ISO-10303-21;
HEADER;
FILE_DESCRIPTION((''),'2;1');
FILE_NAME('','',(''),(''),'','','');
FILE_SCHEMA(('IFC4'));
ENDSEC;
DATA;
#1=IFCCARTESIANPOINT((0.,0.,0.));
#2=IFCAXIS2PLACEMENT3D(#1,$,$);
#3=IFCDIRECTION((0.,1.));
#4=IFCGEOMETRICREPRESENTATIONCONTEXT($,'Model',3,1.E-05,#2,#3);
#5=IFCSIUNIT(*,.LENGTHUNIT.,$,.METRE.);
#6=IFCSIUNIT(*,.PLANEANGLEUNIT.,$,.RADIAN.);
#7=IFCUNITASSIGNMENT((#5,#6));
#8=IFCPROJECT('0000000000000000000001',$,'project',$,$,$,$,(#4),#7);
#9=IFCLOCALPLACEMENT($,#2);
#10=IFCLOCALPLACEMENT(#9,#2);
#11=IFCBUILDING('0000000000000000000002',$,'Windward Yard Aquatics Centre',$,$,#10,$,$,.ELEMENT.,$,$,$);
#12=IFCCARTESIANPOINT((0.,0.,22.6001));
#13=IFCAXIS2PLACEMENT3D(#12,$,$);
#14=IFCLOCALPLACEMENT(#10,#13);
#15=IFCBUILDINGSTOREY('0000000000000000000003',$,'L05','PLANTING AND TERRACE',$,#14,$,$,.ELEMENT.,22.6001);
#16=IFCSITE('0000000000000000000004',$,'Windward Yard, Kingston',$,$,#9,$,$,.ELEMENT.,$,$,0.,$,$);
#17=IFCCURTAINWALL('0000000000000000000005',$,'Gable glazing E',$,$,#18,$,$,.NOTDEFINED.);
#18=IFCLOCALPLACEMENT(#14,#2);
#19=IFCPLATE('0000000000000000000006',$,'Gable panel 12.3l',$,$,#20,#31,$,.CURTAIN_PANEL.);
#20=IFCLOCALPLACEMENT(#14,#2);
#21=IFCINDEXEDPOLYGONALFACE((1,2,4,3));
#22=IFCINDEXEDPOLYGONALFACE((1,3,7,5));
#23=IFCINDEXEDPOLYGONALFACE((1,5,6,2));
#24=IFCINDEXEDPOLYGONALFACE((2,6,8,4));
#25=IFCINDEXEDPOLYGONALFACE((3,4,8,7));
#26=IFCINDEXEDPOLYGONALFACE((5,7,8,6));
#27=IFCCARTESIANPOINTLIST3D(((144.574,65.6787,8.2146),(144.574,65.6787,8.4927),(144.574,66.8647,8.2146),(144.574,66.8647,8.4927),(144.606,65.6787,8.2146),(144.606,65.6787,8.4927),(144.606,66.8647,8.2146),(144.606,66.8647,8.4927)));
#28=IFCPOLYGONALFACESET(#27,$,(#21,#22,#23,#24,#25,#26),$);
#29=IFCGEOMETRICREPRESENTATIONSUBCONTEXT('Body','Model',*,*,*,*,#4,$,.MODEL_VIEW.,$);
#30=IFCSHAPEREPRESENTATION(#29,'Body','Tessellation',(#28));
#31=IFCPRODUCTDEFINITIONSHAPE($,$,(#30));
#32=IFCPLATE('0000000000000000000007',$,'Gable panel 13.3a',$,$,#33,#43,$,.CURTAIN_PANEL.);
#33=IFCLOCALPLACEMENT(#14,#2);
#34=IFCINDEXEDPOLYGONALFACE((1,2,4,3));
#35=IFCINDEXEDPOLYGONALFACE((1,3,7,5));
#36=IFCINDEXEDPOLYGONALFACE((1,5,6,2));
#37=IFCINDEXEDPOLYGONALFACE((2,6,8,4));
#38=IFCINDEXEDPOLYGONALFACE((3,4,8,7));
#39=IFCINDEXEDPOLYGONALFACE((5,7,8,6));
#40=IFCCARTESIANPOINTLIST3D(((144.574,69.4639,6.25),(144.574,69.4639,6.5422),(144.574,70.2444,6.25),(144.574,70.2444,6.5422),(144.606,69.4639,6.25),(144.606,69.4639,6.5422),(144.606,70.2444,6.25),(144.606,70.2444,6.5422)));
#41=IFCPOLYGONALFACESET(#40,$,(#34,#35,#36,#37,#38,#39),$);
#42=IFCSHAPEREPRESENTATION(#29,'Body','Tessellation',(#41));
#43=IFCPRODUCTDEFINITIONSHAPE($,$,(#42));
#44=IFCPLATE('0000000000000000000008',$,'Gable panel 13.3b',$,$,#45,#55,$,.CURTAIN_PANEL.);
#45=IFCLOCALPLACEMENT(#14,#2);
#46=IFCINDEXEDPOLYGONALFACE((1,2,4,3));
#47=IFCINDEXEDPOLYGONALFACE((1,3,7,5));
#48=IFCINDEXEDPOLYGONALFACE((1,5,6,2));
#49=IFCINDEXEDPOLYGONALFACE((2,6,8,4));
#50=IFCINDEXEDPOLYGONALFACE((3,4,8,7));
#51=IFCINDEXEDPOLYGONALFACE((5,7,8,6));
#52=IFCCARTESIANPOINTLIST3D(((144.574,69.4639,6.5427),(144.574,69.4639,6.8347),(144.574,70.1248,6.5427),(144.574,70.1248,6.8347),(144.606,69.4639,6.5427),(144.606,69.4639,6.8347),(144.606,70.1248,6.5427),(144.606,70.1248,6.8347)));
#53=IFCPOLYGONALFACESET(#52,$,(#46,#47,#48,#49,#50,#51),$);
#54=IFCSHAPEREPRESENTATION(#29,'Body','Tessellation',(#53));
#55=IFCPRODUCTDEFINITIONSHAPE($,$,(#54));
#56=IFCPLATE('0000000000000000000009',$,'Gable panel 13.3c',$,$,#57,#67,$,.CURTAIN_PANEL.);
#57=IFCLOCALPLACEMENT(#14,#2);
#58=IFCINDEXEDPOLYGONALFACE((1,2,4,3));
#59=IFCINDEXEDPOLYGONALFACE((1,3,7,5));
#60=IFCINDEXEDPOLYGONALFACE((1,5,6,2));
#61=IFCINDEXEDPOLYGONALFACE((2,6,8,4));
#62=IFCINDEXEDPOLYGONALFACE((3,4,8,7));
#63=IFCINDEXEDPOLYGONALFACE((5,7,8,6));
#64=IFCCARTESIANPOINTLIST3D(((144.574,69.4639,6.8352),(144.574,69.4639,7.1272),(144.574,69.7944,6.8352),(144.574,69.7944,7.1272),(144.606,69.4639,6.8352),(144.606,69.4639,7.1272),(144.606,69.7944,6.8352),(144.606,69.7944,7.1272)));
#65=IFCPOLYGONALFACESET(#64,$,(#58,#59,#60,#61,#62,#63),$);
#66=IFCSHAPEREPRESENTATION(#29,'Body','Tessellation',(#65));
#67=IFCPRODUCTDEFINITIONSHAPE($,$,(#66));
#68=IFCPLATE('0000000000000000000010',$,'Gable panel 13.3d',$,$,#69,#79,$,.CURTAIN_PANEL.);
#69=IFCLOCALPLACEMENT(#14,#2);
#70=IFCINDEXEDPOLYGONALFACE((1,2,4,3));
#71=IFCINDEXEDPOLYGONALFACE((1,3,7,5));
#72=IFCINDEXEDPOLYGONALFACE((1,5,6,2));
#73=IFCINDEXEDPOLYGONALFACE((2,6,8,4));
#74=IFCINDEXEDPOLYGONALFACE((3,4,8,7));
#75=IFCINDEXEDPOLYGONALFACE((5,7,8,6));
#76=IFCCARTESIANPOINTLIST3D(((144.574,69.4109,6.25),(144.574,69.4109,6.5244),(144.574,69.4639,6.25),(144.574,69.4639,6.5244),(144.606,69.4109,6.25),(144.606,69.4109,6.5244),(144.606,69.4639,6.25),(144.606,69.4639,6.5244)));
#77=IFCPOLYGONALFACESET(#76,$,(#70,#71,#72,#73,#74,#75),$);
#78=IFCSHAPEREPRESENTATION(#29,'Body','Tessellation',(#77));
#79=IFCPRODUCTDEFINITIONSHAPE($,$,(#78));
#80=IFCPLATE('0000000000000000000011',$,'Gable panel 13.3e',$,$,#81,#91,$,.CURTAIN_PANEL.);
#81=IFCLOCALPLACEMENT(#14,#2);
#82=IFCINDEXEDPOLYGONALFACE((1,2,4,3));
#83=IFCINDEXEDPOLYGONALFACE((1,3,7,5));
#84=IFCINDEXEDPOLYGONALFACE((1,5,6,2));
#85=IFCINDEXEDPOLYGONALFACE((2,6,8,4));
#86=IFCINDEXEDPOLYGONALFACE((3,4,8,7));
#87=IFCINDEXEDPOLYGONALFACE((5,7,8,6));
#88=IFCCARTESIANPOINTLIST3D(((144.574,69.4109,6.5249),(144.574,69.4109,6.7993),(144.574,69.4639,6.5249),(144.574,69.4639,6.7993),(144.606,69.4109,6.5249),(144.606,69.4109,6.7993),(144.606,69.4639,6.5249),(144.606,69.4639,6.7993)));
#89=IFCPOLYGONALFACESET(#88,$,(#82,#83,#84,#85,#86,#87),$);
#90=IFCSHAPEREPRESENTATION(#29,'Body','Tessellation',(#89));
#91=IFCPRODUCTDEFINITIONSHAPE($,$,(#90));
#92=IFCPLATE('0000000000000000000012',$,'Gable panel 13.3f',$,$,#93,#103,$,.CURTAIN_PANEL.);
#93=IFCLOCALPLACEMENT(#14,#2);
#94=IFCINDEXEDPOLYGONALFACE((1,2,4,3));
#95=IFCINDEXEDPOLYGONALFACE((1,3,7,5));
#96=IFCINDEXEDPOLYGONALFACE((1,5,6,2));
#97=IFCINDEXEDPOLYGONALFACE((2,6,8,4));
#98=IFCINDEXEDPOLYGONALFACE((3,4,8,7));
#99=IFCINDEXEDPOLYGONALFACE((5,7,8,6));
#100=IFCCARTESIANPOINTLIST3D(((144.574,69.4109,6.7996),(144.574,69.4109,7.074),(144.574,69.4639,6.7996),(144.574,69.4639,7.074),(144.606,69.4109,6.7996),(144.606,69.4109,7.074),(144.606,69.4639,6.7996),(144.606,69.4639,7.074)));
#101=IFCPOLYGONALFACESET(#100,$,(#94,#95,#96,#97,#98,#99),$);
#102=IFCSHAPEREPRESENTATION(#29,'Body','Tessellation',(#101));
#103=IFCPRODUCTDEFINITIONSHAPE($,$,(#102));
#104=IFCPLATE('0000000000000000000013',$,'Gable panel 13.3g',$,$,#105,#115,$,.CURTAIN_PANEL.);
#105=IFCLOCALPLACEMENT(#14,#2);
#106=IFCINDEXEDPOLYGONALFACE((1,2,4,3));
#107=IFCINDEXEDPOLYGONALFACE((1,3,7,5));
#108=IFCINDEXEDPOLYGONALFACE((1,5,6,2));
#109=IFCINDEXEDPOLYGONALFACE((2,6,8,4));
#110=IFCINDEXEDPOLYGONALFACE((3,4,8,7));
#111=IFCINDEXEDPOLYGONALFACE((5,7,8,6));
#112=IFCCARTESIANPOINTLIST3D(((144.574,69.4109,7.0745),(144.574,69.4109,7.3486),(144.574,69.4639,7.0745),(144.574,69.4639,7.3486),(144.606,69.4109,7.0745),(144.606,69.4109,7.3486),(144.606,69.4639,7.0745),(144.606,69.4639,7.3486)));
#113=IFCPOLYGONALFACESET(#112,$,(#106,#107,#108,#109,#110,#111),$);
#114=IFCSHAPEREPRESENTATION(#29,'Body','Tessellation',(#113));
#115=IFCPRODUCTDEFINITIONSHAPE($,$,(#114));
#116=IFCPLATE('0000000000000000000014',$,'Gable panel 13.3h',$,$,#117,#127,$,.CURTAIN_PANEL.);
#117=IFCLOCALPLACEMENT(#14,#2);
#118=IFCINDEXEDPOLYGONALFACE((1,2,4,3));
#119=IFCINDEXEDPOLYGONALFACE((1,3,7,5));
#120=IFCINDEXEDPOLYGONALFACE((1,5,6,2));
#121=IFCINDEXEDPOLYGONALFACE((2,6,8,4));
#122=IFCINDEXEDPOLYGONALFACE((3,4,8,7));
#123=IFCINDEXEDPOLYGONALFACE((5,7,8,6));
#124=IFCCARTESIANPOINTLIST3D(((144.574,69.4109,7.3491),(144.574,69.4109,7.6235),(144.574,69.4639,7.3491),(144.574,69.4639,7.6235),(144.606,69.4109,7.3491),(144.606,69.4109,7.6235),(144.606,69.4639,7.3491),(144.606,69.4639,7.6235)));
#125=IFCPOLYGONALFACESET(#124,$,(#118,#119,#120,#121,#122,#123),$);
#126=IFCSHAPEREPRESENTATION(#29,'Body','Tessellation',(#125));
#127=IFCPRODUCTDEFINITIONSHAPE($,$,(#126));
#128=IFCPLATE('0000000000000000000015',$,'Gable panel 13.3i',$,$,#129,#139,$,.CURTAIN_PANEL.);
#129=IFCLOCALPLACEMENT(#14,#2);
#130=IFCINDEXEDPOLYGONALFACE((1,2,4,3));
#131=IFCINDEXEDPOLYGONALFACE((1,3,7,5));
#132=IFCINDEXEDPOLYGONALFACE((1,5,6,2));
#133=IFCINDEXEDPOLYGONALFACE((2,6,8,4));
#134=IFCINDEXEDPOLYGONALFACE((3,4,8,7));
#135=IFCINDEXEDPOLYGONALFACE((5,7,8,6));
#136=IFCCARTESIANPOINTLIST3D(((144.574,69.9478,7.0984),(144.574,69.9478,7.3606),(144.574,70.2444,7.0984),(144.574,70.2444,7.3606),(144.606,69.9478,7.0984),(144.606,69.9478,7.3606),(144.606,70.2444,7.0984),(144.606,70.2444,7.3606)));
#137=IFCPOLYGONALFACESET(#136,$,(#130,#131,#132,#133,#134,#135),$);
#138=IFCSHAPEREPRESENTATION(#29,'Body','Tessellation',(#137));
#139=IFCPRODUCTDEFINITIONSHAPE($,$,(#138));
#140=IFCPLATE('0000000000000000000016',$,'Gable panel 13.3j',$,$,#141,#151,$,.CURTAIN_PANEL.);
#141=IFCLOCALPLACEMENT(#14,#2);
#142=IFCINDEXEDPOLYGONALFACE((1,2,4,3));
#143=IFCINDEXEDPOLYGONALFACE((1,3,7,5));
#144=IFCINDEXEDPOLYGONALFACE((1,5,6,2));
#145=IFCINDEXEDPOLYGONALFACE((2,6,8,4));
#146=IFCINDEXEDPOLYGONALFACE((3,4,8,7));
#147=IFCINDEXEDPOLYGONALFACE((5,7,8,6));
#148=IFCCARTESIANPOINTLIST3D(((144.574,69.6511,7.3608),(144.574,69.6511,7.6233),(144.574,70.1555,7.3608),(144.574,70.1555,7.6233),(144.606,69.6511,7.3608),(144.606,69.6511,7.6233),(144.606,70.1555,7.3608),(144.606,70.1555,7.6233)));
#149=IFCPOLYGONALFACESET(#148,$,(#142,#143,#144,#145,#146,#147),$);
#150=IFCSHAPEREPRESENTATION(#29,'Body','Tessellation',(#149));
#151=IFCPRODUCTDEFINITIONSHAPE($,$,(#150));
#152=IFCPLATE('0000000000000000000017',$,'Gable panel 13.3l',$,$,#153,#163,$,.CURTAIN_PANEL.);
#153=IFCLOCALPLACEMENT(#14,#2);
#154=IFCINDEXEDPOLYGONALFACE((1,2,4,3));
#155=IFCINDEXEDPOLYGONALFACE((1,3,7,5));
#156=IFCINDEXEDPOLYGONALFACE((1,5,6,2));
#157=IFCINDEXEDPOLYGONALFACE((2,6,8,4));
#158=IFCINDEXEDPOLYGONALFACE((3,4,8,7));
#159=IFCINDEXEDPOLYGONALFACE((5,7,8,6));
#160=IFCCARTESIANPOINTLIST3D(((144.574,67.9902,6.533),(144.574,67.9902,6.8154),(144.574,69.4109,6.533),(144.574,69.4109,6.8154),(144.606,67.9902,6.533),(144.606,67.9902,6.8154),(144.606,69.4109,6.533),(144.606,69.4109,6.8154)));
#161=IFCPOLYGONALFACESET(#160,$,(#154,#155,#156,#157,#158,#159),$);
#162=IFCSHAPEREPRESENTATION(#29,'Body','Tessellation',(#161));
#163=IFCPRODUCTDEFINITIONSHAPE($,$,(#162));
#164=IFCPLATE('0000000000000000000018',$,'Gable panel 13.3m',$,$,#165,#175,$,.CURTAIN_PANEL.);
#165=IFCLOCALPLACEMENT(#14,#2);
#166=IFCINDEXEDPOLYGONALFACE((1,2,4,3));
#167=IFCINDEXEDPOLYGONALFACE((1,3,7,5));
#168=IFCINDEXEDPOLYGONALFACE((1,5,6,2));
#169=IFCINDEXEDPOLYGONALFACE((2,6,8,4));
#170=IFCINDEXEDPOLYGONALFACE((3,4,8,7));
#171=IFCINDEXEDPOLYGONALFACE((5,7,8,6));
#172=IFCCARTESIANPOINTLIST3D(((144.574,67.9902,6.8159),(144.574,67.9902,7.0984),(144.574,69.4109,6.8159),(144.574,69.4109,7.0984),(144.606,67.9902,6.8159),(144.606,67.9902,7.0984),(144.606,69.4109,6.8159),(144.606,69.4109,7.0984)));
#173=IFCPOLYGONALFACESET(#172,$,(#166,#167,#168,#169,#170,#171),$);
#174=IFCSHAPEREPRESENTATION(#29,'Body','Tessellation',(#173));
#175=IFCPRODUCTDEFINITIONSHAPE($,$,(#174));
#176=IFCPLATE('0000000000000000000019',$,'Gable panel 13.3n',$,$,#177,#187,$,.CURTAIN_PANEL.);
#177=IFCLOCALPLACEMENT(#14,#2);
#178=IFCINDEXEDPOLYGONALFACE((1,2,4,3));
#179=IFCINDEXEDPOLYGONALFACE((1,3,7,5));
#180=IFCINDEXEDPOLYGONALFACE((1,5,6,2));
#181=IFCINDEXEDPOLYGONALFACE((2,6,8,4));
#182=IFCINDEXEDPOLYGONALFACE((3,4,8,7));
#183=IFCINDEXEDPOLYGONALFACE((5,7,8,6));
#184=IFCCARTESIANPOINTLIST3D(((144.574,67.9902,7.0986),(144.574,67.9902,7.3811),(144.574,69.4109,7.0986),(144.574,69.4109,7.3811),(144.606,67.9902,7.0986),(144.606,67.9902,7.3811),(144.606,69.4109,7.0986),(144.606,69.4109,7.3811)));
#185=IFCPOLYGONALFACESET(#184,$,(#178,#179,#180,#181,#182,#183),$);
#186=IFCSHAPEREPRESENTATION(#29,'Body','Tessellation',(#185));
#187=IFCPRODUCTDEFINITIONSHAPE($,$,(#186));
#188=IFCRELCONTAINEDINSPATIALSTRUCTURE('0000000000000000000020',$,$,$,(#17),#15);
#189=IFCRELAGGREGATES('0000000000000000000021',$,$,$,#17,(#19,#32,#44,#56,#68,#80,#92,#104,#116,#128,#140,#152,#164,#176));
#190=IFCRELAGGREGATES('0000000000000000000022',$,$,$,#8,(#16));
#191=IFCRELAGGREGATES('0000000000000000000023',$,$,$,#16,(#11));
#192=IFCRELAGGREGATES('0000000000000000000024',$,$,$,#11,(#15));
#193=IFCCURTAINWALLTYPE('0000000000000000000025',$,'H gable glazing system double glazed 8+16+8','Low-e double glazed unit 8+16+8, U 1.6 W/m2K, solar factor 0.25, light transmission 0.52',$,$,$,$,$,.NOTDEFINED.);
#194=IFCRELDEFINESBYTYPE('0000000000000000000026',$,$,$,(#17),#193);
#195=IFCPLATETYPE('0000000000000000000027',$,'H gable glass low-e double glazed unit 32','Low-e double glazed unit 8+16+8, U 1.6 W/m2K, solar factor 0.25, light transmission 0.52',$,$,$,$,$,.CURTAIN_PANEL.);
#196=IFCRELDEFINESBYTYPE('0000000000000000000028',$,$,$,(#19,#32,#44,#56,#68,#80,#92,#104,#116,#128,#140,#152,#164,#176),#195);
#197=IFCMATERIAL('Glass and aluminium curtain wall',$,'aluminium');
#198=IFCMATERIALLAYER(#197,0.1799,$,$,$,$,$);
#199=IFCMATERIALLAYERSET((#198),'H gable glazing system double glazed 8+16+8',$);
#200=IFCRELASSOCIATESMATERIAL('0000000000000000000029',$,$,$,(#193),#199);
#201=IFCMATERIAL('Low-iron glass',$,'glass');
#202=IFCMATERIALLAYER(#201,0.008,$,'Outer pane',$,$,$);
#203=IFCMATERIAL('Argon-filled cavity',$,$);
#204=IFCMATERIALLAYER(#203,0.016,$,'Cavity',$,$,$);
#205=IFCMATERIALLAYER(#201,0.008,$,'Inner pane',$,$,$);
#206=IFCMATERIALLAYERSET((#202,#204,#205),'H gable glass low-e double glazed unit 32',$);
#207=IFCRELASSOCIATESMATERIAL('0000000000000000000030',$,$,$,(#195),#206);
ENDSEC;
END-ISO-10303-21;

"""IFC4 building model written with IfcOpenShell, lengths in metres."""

from ifc_helpers import new_model, si_unit, direction, frame, origin, place, context, subcontext, project, spatial, polyline, outline, extrude, material, layer, layer_set, type_object, element, aggregate, save


model = new_model("IFC4")

# Units and contexts
model_context = context("Model", 3, precision=1e-05, world=origin(), true_north=direction((0.0, 1.0)))
body_context = subcontext(model_context, "Body", "Model", "MODEL_VIEW")
ifc_project = project(units=[si_unit("LENGTHUNIT", "METRE"), si_unit("PLANEANGLEUNIT", "RADIAN")], contexts=[model_context])

# Site, building, storey
site_placement = place(None, origin())
site = spatial("IfcSite", under=ifc_project, at=site_placement, Name="Windward Yard, Kingston", CompositionType="ELEMENT", RefElevation=0.0)
building_placement = place(site_placement, origin())
building = spatial("IfcBuilding", under=site, at=building_placement, Name="Windward Yard Aquatics Centre", CompositionType="ELEMENT")
storey_placement = place(building_placement, frame((0.0, 0.0, 22.6001)))
storey = spatial("IfcBuildingStorey", under=building, at=storey_placement, Name="L05", Description="PLANTING AND TERRACE", CompositionType="ELEMENT", Elevation=22.6001)

# Curtain wall, plates
ifc_material_1 = material(Name="Glass and aluminium curtain wall", Category="aluminium")
ifc_layer_1 = layer(ifc_material_1, 0.1799)
ifc_layer_set_1 = layer_set([ifc_layer_1], Name="H gable glazing system double glazed 8+16+8")
curtain_wall_type = type_object("IfcCurtainWallType", Name="H gable glazing system double glazed 8+16+8", Description="Low-e double glazed unit 8+16+8, U 1.6 W/m2K, solar factor 0.25, light transmission 0.52", PredefinedType="NOTDEFINED", material=ifc_layer_set_1)
curtain_wall_placement = place(storey_placement, origin())
curtain_wall = element("IfcCurtainWall", 1, at=curtain_wall_placement, inside=storey, type_object=curtain_wall_type, Name="Gable glazing E", PredefinedType="NOTDEFINED")
ifc_material_2 = material(Name="Low-iron glass", Category="glass")
ifc_layer_2 = layer(ifc_material_2, 0.008, Name="Outer pane")
ifc_material_3 = material(Name="Argon-filled cavity")
ifc_layer_3 = layer(ifc_material_3, 0.016, Name="Cavity")
ifc_layer_4 = layer(ifc_material_2, 0.008, Name="Inner pane")
ifc_layer_set_2 = layer_set([ifc_layer_2, ifc_layer_3, ifc_layer_4], Name="H gable glass low-e double glazed unit 32")
plate_type = type_object("IfcPlateType", Name="H gable glass low-e double glazed unit 32", Description="Low-e double glazed unit 8+16+8, U 1.6 W/m2K, solar factor 0.25, light transmission 0.52", PredefinedType="CURTAIN_PANEL", material=ifc_layer_set_2)
plate_1_placement = place(storey_placement, frame((144.606, 65.6787, 8.2146), z_axis=(1.0, 0.0, 0.0), x_axis=(0.0, 1.0, 0.0)))
plate_1 = element("IfcPlate", 2, at=plate_1_placement, type_object=plate_type, Name="Gable panel 12.3l", PredefinedType="CURTAIN_PANEL", context=body_context, shape_type="SweptSolid", body=[
    extrude(outline(polyline([(0.0, 0.0), (1.186, 0.0), (1.186, 0.2781), (0.0, 0.2781), (0.0, 0.0)])), origin(), (0.0, 0.0, -1.0), 0.032),
])
plate_2_placement = place(storey_placement, frame((144.606, 69.4639, 6.25), z_axis=(1.0, 0.0, 0.0), x_axis=(0.0, 1.0, 0.0)))
plate_2 = element("IfcPlate", 3, at=plate_2_placement, type_object=plate_type, Name="Gable panel 13.3a", PredefinedType="CURTAIN_PANEL", context=body_context, shape_type="SweptSolid", body=[
    extrude(outline(polyline([(0.0, 0.0), (0.7805, 0.0), (0.7805, 0.2922), (0.0, 0.2922), (0.0, 0.0)])), origin(), (0.0, 0.0, -1.0), 0.032),
])
plate_3_placement = place(storey_placement, frame((144.606, 69.4639, 6.5427), z_axis=(1.0, 0.0, 0.0), x_axis=(0.0, 1.0, 0.0)))
plate_3 = element("IfcPlate", 4, at=plate_3_placement, type_object=plate_type, Name="Gable panel 13.3b", PredefinedType="CURTAIN_PANEL", context=body_context, shape_type="SweptSolid", body=[
    extrude(outline(polyline([(0.0, 0.0), (0.6609, 0.0), (0.6609, 0.292), (0.0, 0.292), (0.0, 0.0)])), origin(), (0.0, 0.0, -1.0), 0.032),
])
plate_4_placement = place(storey_placement, frame((144.606, 69.4639, 6.8352), z_axis=(1.0, 0.0, 0.0), x_axis=(0.0, 1.0, 0.0)))
plate_4 = element("IfcPlate", 5, at=plate_4_placement, type_object=plate_type, Name="Gable panel 13.3c", PredefinedType="CURTAIN_PANEL", context=body_context, shape_type="SweptSolid", body=[
    extrude(outline(polyline([(0.0, 0.0), (0.3306, 0.0), (0.3306, 0.292), (0.0, 0.292), (0.0, 0.0)])), origin(), (0.0, 0.0, -1.0), 0.032),
])
plate_5_placement = place(storey_placement, frame((144.606, 69.4109, 6.25), z_axis=(1.0, 0.0, 0.0), x_axis=(0.0, 1.0, 0.0)))
plate_5 = element("IfcPlate", 6, at=plate_5_placement, type_object=plate_type, Name="Gable panel 13.3d", PredefinedType="CURTAIN_PANEL", context=body_context, shape_type="SweptSolid", body=[
    extrude(outline(polyline([(0.0, 0.0), (0.053, 0.0), (0.053, 0.2744), (0.0, 0.2744), (0.0, 0.0)])), origin(), (0.0, 0.0, -1.0), 0.032),
])
plate_6_placement = place(storey_placement, frame((144.606, 69.4109, 6.5249), z_axis=(1.0, 0.0, 0.0), x_axis=(0.0, 1.0, 0.0)))
plate_6 = element("IfcPlate", 7, at=plate_6_placement, type_object=plate_type, Name="Gable panel 13.3e", PredefinedType="CURTAIN_PANEL", context=body_context, shape_type="SweptSolid", body=[
    extrude(outline(polyline([(0.0, 0.0), (0.053, 0.0), (0.053, 0.2744), (0.0, 0.2744), (0.0, 0.0)])), origin(), (0.0, 0.0, -1.0), 0.032),
])
plate_7_placement = place(storey_placement, frame((144.606, 69.4109, 6.7996), z_axis=(1.0, 0.0, 0.0), x_axis=(0.0, 1.0, 0.0)))
plate_7 = element("IfcPlate", 8, at=plate_7_placement, type_object=plate_type, Name="Gable panel 13.3f", PredefinedType="CURTAIN_PANEL", context=body_context, shape_type="SweptSolid", body=[
    extrude(outline(polyline([(0.0, 0.0), (0.053, 0.0), (0.053, 0.2744), (0.0, 0.2744), (0.0, 0.0)])), origin(), (0.0, 0.0, -1.0), 0.032),
])
plate_8_placement = place(storey_placement, frame((144.606, 69.4109, 7.0745), z_axis=(1.0, 0.0, 0.0), x_axis=(0.0, 1.0, 0.0)))
plate_8 = element("IfcPlate", 9, at=plate_8_placement, type_object=plate_type, Name="Gable panel 13.3g", PredefinedType="CURTAIN_PANEL", context=body_context, shape_type="SweptSolid", body=[
    extrude(outline(polyline([(0.0, 0.0), (0.053, 0.0), (0.053, 0.2742), (0.0, 0.2742), (0.0, 0.0)])), origin(), (0.0, 0.0, -1.0), 0.032),
])
plate_9_placement = place(storey_placement, frame((144.606, 69.4109, 7.3491), z_axis=(1.0, 0.0, 0.0), x_axis=(0.0, 1.0, 0.0)))
plate_9 = element("IfcPlate", 10, at=plate_9_placement, type_object=plate_type, Name="Gable panel 13.3h", PredefinedType="CURTAIN_PANEL", context=body_context, shape_type="SweptSolid", body=[
    extrude(outline(polyline([(0.0, 0.0), (0.053, 0.0), (0.053, 0.2744), (0.0, 0.2744), (0.0, 0.0)])), origin(), (0.0, 0.0, -1.0), 0.032),
])
plate_10_placement = place(storey_placement, frame((144.606, 69.9478, 7.0984), z_axis=(1.0, 0.0, 0.0), x_axis=(0.0, 1.0, 0.0)))
plate_10 = element("IfcPlate", 11, at=plate_10_placement, type_object=plate_type, Name="Gable panel 13.3i", PredefinedType="CURTAIN_PANEL", context=body_context, shape_type="SweptSolid", body=[
    extrude(outline(polyline([(0.0, 0.0), (0.2966, 0.0), (0.2966, 0.2622), (0.0, 0.2622), (0.0, 0.0)])), origin(), (0.0, 0.0, -1.0), 0.032),
])
plate_11_placement = place(storey_placement, frame((144.606, 69.6511, 7.3608), z_axis=(1.0, 0.0, 0.0), x_axis=(0.0, 1.0, 0.0)))
plate_11 = element("IfcPlate", 12, at=plate_11_placement, type_object=plate_type, Name="Gable panel 13.3j", PredefinedType="CURTAIN_PANEL", context=body_context, shape_type="SweptSolid", body=[
    extrude(outline(polyline([(0.0, 0.0), (0.5044, 0.0), (0.5044, 0.2625), (0.0, 0.2625), (0.0, 0.0)])), origin(), (0.0, 0.0, -1.0), 0.032),
])
plate_12_placement = place(storey_placement, frame((144.606, 67.9902, 6.533), z_axis=(1.0, 0.0, 0.0), x_axis=(0.0, 1.0, 0.0)))
plate_12 = element("IfcPlate", 13, at=plate_12_placement, type_object=plate_type, Name="Gable panel 13.3l", PredefinedType="CURTAIN_PANEL", context=body_context, shape_type="SweptSolid", body=[
    extrude(outline(polyline([(0.0, 0.0), (1.4207, 0.0), (1.4207, 0.2825), (0.0, 0.2825), (0.0, 0.0)])), origin(), (0.0, 0.0, -1.0), 0.032),
])
plate_13_placement = place(storey_placement, frame((144.606, 67.9902, 6.8159), z_axis=(1.0, 0.0, 0.0), x_axis=(0.0, 1.0, 0.0)))
plate_13 = element("IfcPlate", 14, at=plate_13_placement, type_object=plate_type, Name="Gable panel 13.3m", PredefinedType="CURTAIN_PANEL", context=body_context, shape_type="SweptSolid", body=[
    extrude(outline(polyline([(0.0, 0.0), (1.4207, 0.0), (1.4207, 0.2825), (0.0, 0.2825), (0.0, 0.0)])), origin(), (0.0, 0.0, -1.0), 0.032),
])
plate_14_placement = place(storey_placement, frame((144.606, 67.9902, 7.0986), z_axis=(1.0, 0.0, 0.0), x_axis=(0.0, 1.0, 0.0)))
plate_14 = element("IfcPlate", 15, at=plate_14_placement, type_object=plate_type, Name="Gable panel 13.3n", PredefinedType="CURTAIN_PANEL", context=body_context, shape_type="SweptSolid", body=[
    extrude(outline(polyline([(0.0, 0.0), (1.4207, 0.0), (1.4207, 0.2825), (0.0, 0.2825), (0.0, 0.0)])), origin(), (0.0, 0.0, -1.0), 0.032),
])
aggregate(curtain_wall, [plate_1, plate_2, plate_3, plate_4, plate_5, plate_6, plate_7, plate_8, plate_9, plate_10, plate_11, plate_12, plate_13, plate_14])

save(model, "model.ifc")
